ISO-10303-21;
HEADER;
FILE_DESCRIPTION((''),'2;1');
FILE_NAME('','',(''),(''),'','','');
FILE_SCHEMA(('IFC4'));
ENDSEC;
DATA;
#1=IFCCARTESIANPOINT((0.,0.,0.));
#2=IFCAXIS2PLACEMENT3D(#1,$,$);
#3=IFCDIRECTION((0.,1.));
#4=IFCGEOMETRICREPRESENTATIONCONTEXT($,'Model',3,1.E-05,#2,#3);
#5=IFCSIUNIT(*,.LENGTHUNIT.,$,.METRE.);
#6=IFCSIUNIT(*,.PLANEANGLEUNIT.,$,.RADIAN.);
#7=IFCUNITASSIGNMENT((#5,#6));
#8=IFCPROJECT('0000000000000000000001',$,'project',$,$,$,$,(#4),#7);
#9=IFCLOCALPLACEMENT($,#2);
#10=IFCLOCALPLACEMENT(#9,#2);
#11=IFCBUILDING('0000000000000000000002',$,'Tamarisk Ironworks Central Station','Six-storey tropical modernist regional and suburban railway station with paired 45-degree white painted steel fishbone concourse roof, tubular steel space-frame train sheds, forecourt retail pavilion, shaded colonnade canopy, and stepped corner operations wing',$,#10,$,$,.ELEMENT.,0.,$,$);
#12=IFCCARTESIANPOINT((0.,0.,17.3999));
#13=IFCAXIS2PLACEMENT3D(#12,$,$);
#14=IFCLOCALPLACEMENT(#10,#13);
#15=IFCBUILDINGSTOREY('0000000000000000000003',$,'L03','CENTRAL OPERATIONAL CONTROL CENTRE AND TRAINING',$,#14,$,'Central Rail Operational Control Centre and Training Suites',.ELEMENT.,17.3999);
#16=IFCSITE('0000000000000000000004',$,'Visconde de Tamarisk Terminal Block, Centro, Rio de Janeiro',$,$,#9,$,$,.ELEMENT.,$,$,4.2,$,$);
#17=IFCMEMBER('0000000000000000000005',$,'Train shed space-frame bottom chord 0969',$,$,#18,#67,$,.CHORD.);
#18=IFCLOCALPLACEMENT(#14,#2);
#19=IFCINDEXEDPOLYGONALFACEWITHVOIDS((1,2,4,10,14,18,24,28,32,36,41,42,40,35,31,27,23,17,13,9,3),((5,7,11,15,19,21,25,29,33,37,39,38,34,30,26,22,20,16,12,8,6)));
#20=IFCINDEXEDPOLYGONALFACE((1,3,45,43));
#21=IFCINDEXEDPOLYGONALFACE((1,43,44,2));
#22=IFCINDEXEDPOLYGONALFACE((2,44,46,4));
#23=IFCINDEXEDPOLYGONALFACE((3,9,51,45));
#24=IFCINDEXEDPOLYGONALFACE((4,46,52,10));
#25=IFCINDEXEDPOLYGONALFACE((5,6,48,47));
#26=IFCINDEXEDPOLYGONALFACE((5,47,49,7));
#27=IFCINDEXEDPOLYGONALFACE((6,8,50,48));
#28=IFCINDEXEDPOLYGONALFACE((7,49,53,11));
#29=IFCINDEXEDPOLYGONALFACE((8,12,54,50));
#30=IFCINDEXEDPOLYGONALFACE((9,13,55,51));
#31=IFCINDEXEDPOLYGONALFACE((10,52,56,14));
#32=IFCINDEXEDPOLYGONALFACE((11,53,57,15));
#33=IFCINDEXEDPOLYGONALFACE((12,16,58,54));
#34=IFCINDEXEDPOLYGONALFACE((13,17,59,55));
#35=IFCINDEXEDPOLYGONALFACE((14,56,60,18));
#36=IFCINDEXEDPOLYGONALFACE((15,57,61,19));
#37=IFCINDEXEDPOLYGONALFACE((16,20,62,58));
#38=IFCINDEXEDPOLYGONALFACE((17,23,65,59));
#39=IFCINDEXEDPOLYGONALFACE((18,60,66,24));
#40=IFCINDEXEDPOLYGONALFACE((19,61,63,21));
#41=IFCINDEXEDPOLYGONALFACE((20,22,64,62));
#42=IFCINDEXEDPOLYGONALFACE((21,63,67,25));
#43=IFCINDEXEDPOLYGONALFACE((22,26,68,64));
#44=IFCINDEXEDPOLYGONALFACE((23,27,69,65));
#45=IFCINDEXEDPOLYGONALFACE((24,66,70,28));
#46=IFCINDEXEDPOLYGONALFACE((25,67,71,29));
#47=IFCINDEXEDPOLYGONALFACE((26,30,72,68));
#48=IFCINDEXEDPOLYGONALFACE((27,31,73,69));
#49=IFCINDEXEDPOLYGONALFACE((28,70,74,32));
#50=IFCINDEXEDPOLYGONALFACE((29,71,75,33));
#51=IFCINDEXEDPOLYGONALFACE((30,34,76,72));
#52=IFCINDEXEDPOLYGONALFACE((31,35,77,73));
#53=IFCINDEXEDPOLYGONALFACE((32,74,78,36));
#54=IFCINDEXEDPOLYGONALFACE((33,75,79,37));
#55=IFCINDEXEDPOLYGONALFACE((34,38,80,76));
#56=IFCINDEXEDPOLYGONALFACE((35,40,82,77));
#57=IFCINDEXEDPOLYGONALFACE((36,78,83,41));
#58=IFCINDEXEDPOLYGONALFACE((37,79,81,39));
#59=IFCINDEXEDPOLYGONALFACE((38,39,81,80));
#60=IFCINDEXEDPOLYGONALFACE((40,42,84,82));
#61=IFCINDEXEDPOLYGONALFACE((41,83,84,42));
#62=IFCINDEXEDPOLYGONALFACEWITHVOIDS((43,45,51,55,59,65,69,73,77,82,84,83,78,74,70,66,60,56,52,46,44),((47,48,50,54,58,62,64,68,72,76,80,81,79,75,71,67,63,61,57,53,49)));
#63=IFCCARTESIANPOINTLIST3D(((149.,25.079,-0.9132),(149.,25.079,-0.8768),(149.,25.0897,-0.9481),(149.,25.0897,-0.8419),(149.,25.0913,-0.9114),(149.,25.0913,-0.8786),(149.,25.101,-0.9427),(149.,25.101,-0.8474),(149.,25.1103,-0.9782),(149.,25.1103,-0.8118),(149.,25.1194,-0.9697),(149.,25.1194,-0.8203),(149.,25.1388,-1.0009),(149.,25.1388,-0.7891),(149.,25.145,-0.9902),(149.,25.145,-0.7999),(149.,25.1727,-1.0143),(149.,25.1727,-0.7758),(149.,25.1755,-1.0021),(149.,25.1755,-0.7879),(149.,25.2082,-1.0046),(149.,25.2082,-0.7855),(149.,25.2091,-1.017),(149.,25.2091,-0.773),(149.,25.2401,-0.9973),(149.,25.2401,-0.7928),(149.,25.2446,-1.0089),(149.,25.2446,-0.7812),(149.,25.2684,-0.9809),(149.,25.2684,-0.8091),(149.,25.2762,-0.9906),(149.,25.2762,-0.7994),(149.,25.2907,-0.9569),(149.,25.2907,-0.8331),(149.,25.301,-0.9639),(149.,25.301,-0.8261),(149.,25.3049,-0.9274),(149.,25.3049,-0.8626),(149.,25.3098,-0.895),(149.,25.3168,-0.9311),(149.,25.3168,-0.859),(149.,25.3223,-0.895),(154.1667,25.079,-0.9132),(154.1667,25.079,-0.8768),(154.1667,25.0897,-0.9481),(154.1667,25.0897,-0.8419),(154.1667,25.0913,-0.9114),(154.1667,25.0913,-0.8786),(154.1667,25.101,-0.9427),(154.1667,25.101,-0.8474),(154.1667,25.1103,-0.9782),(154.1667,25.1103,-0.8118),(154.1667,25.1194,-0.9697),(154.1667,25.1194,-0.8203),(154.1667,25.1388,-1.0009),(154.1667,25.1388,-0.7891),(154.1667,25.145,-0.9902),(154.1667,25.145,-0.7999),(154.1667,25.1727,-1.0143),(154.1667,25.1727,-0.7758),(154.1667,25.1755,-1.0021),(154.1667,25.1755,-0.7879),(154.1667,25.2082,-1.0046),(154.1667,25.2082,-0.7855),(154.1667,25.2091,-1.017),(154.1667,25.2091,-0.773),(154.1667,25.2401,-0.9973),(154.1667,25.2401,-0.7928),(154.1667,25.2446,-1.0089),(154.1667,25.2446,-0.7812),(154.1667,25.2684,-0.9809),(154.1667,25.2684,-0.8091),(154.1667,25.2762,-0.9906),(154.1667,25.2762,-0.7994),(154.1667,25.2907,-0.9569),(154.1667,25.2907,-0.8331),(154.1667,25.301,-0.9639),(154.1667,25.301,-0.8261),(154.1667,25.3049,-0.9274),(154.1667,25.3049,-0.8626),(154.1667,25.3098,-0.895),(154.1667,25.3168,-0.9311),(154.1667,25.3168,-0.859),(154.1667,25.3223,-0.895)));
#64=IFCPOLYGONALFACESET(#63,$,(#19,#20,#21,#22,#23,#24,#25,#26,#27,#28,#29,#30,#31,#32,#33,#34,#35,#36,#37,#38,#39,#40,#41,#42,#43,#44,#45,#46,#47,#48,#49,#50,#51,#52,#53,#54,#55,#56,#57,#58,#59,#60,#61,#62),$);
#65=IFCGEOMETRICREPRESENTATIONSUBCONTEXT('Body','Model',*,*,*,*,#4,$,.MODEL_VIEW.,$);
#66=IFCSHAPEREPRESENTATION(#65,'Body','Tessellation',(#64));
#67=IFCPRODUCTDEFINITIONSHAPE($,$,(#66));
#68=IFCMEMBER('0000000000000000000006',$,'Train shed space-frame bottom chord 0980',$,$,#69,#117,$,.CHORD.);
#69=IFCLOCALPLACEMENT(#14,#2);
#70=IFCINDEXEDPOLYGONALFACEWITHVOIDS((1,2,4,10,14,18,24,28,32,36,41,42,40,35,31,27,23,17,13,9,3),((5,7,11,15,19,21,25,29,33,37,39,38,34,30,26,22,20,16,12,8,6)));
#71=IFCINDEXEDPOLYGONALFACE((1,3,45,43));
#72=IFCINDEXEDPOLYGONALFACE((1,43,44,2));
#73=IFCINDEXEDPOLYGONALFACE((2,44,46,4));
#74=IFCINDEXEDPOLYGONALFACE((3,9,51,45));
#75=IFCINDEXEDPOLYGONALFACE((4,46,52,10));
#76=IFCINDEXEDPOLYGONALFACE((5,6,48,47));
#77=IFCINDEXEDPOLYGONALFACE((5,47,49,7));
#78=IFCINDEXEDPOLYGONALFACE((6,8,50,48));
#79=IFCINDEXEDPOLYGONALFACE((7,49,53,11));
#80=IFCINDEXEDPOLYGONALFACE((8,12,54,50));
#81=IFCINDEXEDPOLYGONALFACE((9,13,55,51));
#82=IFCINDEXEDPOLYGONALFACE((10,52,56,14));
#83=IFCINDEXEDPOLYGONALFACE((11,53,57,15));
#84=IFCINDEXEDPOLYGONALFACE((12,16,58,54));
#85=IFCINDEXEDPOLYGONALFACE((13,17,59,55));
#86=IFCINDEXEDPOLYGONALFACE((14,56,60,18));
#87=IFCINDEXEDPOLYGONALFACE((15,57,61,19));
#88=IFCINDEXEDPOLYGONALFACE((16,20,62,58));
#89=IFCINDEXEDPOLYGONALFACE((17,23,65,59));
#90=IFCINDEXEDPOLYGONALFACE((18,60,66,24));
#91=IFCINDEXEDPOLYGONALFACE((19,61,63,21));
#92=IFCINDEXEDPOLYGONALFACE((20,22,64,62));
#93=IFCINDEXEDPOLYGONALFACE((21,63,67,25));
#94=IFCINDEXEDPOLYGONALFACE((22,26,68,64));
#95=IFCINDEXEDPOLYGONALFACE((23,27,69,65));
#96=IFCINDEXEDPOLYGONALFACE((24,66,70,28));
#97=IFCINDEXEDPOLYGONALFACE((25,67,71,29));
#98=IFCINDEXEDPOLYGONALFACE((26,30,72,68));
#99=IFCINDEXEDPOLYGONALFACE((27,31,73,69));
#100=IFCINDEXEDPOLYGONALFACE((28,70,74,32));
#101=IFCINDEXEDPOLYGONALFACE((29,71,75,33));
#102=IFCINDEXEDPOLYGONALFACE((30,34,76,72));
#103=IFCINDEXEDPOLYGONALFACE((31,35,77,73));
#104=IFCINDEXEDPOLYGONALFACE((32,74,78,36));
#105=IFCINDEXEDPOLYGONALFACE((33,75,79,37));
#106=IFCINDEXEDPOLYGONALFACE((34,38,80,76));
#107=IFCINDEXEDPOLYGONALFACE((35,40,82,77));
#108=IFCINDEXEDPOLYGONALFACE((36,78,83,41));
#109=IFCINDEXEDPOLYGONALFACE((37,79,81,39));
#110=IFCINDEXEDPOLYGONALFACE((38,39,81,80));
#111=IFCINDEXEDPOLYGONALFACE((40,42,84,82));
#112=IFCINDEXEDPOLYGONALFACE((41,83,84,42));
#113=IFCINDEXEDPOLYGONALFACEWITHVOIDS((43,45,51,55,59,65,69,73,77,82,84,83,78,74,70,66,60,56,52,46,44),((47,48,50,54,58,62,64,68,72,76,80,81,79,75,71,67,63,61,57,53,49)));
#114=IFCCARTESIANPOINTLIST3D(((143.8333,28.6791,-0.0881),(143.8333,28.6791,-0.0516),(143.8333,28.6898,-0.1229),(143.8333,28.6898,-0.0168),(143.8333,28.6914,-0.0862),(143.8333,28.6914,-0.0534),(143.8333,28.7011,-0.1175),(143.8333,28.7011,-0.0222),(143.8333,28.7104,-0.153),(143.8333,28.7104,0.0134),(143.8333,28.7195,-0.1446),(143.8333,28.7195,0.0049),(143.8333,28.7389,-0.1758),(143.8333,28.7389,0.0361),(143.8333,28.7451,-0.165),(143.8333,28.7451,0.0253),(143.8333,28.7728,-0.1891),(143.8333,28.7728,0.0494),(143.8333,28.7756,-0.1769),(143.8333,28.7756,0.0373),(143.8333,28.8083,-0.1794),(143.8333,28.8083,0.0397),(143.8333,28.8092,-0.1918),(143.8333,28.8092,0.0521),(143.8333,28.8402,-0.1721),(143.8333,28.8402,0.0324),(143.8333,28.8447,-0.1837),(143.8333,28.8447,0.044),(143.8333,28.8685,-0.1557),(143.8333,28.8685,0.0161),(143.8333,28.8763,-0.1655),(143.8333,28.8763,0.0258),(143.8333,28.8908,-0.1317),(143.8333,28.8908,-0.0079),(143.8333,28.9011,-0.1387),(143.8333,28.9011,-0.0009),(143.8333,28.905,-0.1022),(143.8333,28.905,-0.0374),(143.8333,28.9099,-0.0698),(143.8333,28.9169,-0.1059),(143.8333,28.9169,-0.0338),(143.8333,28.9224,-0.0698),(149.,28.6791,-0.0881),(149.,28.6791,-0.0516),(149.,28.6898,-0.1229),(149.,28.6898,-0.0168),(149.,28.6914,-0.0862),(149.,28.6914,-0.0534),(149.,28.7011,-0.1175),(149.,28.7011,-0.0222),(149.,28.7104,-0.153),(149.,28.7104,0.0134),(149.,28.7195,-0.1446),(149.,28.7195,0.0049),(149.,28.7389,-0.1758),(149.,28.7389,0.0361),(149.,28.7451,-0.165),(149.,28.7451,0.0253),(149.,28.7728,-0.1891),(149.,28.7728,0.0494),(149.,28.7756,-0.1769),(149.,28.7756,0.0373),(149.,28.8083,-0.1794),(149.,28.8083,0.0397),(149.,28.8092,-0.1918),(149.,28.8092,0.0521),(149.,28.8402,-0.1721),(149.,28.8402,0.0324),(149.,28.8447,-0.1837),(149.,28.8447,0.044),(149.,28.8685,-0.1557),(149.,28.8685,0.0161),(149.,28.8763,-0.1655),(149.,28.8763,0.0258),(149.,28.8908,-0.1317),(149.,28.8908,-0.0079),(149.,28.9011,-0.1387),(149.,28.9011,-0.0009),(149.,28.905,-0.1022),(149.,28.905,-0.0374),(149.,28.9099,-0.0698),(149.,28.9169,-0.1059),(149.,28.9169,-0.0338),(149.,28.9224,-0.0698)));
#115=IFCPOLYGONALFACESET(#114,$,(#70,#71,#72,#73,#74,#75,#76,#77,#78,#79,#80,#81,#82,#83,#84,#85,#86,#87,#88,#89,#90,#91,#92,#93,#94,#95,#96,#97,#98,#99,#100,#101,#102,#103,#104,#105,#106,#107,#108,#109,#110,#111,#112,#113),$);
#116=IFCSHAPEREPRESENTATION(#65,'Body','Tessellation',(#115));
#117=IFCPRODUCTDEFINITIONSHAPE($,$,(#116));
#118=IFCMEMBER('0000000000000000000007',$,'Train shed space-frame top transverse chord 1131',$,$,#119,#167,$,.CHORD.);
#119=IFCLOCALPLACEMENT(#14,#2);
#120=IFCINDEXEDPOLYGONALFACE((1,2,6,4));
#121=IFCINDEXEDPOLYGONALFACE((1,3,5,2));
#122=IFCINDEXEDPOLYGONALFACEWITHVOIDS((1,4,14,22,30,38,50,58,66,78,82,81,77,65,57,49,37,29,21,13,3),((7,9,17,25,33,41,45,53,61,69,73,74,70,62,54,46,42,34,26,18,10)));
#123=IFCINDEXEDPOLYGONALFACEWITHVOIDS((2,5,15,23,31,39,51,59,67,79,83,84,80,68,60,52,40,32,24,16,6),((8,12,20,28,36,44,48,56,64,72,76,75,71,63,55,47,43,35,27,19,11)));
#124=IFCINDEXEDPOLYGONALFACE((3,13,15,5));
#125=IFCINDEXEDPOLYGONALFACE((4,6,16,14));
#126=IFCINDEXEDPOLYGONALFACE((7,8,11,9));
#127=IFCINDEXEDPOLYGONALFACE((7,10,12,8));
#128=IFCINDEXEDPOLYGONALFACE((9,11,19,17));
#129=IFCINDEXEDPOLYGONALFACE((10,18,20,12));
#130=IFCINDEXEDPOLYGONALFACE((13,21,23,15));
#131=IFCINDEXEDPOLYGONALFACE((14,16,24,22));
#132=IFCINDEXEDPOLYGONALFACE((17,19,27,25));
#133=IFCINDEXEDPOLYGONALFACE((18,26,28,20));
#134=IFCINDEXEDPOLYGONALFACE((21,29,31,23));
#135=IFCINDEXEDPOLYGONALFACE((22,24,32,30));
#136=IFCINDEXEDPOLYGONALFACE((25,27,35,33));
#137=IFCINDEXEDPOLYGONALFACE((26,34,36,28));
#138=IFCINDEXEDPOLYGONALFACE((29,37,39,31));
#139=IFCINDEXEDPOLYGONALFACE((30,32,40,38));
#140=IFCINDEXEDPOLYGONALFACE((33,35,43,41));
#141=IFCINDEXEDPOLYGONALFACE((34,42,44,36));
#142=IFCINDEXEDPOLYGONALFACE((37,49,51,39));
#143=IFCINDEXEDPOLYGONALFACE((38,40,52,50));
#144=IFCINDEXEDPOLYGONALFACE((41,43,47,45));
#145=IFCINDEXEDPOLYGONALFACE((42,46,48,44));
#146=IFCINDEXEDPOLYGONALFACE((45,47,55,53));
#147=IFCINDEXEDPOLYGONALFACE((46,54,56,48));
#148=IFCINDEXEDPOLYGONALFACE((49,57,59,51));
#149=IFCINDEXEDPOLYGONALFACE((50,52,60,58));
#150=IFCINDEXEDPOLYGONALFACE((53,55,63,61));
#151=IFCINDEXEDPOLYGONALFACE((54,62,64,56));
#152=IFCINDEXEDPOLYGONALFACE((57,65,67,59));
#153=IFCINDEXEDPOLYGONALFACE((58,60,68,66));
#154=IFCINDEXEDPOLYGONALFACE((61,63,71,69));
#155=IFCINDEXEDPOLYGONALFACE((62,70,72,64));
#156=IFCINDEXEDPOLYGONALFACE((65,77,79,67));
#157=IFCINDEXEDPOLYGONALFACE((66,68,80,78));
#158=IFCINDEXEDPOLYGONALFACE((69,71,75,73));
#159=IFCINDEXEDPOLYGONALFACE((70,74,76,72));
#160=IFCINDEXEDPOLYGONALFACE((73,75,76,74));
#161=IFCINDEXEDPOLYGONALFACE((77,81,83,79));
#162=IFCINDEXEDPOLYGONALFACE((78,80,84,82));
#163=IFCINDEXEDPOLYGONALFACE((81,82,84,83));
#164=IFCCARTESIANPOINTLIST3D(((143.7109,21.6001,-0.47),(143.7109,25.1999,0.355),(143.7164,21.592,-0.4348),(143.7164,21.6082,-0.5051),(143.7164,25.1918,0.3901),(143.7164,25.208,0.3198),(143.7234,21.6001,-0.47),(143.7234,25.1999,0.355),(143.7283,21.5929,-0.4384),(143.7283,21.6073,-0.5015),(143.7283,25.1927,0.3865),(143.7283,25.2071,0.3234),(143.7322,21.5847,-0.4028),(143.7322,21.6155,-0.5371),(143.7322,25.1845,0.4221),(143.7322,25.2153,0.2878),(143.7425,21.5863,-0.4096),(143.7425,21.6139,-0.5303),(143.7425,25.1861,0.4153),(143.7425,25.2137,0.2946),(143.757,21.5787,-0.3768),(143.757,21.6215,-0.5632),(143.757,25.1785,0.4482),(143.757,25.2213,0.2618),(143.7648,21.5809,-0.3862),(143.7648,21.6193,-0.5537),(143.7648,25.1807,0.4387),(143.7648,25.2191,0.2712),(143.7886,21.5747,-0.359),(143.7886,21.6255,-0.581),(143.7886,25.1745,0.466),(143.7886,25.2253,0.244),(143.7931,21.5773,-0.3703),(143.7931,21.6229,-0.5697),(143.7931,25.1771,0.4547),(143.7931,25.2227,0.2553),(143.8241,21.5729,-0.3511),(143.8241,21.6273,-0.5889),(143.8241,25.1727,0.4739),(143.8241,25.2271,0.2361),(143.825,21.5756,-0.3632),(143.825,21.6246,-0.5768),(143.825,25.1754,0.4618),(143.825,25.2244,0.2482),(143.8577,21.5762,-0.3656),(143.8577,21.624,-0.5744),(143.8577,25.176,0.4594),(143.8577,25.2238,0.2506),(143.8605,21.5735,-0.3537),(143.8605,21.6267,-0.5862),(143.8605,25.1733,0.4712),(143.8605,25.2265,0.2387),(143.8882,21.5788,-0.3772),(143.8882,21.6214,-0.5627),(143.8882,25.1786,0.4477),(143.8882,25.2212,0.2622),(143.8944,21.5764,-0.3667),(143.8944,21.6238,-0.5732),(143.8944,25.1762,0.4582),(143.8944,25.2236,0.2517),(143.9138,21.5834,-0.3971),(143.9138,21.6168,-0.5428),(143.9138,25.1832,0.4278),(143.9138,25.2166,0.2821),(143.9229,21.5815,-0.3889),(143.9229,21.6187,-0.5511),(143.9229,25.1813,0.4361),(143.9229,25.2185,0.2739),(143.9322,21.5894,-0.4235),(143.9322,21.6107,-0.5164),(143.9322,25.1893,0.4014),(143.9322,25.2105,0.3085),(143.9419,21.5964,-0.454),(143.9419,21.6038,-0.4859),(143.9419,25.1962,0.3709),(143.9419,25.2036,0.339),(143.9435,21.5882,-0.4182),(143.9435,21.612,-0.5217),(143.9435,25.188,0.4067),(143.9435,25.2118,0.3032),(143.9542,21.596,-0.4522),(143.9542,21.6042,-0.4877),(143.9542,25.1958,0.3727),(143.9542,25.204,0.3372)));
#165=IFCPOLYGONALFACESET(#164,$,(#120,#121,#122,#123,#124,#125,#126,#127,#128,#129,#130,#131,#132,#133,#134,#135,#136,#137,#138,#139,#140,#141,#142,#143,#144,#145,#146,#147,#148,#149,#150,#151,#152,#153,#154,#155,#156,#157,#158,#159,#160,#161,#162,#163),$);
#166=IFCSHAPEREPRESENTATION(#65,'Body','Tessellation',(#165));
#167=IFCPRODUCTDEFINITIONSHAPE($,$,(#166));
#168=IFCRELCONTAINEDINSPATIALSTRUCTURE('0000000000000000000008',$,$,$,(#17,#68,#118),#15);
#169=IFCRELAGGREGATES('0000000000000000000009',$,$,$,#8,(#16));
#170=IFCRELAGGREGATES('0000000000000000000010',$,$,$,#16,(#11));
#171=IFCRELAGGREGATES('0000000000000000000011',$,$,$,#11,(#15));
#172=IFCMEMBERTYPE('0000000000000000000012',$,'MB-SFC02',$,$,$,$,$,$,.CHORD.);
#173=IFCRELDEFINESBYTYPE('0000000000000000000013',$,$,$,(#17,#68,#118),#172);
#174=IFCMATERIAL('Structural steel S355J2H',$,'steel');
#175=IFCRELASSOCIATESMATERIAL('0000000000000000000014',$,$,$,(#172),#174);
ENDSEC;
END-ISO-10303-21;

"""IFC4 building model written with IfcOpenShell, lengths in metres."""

from ifc_helpers import new_model, si_unit, direction, frame, origin, origin_2d, place, context, subcontext, project, spatial, hollow_circle, extrude, material, material_profile, profile_set, type_object, element, save


model = new_model("IFC4")

# Units and contexts
model_context = context("Model", 3, precision=1e-05, world=origin(), true_north=direction((0.0, 1.0)))
body_context = subcontext(model_context, "Body", "Model", "MODEL_VIEW")
ifc_project = project(units=[si_unit("LENGTHUNIT", "METRE"), si_unit("PLANEANGLEUNIT", "RADIAN")], contexts=[model_context])

# Site, building, storey
site_placement = place(None, origin())
site = spatial("IfcSite", under=ifc_project, at=site_placement, Name="Visconde de Tamarisk Terminal Block, Centro, Rio de Janeiro", CompositionType="ELEMENT", RefElevation=4.2)
building_placement = place(site_placement, origin())
building = spatial("IfcBuilding", under=site, at=building_placement, Name="Tamarisk Ironworks Central Station", Description="Six-storey tropical modernist regional and suburban railway station with paired 45-degree white painted steel fishbone concourse roof, tubular steel space-frame train sheds, forecourt retail pavilion, shaded colonnade canopy, and stepped corner operations wing", CompositionType="ELEMENT", ElevationOfRefHeight=0.0)
storey_placement = place(building_placement, frame((0.0, 0.0, 17.3999)))
storey = spatial("IfcBuildingStorey", under=building, at=storey_placement, Name="L03", Description="CENTRAL OPERATIONAL CONTROL CENTRE AND TRAINING", LongName="Central Rail Operational Control Centre and Training Suites", CompositionType="ELEMENT", Elevation=17.3999)

# Members
ifc_material_1 = material(Name="Structural steel S355J2H", Category="steel")
ifc_material_profile_1 = material_profile(ifc_material_1, hollow_circle(Radius=0.1223, WallThickness=0.0125, at=origin_2d()), Name="CHS 244.5x12.5")
ifc_profile_set_1 = profile_set([ifc_material_profile_1], Name="Structural steel S355J2H")
member_type_1 = type_object("IfcMemberType", Name="MB-SFC02", PredefinedType="CHORD", material=ifc_profile_set_1)
for number, where, z_axis, x_axis, name in (
    (1, (149.0, 25.2, -0.895), (1.0, 0.0, 0.0), (0.0, 1.0, 0.0), "Train shed space-frame bottom chord 0969"),
    (2, (143.8333, 28.8, -0.0698), (1.0, 0.0, 0.0), (0.0, 1.0, 0.0), "Train shed space-frame bottom chord 0980"),
):
    element("IfcMember", number, at=place(storey_placement, frame(where, z_axis=z_axis, x_axis=x_axis)), inside=storey, type_object=member_type_1, Name=name, PredefinedType="CHORD", context=body_context, shape_type="SweptSolid", body=[
        extrude(hollow_circle(Radius=0.1223, WallThickness=0.0125, at=origin_2d()), origin(), (0.0, 0.0, 1.0), 5.1667),
    ])
member_1_placement = place(storey_placement, frame((143.8333, 21.6001, -0.47), z_axis=(0.0, 0.974733, 0.223372), x_axis=(-1.0, 0.0, 0.0)))
element("IfcMember", 3, at=member_1_placement, inside=storey, type_object=member_type_1, Name="Train shed space-frame top transverse chord 1131", PredefinedType="CHORD", context=body_context, shape_type="SweptSolid", body=[
    extrude(hollow_circle(Radius=0.1223, WallThickness=0.0125, at=origin_2d()), origin(), (0.0, 0.0, 1.0), 3.6931),
])

save(model, "model.ifc")
